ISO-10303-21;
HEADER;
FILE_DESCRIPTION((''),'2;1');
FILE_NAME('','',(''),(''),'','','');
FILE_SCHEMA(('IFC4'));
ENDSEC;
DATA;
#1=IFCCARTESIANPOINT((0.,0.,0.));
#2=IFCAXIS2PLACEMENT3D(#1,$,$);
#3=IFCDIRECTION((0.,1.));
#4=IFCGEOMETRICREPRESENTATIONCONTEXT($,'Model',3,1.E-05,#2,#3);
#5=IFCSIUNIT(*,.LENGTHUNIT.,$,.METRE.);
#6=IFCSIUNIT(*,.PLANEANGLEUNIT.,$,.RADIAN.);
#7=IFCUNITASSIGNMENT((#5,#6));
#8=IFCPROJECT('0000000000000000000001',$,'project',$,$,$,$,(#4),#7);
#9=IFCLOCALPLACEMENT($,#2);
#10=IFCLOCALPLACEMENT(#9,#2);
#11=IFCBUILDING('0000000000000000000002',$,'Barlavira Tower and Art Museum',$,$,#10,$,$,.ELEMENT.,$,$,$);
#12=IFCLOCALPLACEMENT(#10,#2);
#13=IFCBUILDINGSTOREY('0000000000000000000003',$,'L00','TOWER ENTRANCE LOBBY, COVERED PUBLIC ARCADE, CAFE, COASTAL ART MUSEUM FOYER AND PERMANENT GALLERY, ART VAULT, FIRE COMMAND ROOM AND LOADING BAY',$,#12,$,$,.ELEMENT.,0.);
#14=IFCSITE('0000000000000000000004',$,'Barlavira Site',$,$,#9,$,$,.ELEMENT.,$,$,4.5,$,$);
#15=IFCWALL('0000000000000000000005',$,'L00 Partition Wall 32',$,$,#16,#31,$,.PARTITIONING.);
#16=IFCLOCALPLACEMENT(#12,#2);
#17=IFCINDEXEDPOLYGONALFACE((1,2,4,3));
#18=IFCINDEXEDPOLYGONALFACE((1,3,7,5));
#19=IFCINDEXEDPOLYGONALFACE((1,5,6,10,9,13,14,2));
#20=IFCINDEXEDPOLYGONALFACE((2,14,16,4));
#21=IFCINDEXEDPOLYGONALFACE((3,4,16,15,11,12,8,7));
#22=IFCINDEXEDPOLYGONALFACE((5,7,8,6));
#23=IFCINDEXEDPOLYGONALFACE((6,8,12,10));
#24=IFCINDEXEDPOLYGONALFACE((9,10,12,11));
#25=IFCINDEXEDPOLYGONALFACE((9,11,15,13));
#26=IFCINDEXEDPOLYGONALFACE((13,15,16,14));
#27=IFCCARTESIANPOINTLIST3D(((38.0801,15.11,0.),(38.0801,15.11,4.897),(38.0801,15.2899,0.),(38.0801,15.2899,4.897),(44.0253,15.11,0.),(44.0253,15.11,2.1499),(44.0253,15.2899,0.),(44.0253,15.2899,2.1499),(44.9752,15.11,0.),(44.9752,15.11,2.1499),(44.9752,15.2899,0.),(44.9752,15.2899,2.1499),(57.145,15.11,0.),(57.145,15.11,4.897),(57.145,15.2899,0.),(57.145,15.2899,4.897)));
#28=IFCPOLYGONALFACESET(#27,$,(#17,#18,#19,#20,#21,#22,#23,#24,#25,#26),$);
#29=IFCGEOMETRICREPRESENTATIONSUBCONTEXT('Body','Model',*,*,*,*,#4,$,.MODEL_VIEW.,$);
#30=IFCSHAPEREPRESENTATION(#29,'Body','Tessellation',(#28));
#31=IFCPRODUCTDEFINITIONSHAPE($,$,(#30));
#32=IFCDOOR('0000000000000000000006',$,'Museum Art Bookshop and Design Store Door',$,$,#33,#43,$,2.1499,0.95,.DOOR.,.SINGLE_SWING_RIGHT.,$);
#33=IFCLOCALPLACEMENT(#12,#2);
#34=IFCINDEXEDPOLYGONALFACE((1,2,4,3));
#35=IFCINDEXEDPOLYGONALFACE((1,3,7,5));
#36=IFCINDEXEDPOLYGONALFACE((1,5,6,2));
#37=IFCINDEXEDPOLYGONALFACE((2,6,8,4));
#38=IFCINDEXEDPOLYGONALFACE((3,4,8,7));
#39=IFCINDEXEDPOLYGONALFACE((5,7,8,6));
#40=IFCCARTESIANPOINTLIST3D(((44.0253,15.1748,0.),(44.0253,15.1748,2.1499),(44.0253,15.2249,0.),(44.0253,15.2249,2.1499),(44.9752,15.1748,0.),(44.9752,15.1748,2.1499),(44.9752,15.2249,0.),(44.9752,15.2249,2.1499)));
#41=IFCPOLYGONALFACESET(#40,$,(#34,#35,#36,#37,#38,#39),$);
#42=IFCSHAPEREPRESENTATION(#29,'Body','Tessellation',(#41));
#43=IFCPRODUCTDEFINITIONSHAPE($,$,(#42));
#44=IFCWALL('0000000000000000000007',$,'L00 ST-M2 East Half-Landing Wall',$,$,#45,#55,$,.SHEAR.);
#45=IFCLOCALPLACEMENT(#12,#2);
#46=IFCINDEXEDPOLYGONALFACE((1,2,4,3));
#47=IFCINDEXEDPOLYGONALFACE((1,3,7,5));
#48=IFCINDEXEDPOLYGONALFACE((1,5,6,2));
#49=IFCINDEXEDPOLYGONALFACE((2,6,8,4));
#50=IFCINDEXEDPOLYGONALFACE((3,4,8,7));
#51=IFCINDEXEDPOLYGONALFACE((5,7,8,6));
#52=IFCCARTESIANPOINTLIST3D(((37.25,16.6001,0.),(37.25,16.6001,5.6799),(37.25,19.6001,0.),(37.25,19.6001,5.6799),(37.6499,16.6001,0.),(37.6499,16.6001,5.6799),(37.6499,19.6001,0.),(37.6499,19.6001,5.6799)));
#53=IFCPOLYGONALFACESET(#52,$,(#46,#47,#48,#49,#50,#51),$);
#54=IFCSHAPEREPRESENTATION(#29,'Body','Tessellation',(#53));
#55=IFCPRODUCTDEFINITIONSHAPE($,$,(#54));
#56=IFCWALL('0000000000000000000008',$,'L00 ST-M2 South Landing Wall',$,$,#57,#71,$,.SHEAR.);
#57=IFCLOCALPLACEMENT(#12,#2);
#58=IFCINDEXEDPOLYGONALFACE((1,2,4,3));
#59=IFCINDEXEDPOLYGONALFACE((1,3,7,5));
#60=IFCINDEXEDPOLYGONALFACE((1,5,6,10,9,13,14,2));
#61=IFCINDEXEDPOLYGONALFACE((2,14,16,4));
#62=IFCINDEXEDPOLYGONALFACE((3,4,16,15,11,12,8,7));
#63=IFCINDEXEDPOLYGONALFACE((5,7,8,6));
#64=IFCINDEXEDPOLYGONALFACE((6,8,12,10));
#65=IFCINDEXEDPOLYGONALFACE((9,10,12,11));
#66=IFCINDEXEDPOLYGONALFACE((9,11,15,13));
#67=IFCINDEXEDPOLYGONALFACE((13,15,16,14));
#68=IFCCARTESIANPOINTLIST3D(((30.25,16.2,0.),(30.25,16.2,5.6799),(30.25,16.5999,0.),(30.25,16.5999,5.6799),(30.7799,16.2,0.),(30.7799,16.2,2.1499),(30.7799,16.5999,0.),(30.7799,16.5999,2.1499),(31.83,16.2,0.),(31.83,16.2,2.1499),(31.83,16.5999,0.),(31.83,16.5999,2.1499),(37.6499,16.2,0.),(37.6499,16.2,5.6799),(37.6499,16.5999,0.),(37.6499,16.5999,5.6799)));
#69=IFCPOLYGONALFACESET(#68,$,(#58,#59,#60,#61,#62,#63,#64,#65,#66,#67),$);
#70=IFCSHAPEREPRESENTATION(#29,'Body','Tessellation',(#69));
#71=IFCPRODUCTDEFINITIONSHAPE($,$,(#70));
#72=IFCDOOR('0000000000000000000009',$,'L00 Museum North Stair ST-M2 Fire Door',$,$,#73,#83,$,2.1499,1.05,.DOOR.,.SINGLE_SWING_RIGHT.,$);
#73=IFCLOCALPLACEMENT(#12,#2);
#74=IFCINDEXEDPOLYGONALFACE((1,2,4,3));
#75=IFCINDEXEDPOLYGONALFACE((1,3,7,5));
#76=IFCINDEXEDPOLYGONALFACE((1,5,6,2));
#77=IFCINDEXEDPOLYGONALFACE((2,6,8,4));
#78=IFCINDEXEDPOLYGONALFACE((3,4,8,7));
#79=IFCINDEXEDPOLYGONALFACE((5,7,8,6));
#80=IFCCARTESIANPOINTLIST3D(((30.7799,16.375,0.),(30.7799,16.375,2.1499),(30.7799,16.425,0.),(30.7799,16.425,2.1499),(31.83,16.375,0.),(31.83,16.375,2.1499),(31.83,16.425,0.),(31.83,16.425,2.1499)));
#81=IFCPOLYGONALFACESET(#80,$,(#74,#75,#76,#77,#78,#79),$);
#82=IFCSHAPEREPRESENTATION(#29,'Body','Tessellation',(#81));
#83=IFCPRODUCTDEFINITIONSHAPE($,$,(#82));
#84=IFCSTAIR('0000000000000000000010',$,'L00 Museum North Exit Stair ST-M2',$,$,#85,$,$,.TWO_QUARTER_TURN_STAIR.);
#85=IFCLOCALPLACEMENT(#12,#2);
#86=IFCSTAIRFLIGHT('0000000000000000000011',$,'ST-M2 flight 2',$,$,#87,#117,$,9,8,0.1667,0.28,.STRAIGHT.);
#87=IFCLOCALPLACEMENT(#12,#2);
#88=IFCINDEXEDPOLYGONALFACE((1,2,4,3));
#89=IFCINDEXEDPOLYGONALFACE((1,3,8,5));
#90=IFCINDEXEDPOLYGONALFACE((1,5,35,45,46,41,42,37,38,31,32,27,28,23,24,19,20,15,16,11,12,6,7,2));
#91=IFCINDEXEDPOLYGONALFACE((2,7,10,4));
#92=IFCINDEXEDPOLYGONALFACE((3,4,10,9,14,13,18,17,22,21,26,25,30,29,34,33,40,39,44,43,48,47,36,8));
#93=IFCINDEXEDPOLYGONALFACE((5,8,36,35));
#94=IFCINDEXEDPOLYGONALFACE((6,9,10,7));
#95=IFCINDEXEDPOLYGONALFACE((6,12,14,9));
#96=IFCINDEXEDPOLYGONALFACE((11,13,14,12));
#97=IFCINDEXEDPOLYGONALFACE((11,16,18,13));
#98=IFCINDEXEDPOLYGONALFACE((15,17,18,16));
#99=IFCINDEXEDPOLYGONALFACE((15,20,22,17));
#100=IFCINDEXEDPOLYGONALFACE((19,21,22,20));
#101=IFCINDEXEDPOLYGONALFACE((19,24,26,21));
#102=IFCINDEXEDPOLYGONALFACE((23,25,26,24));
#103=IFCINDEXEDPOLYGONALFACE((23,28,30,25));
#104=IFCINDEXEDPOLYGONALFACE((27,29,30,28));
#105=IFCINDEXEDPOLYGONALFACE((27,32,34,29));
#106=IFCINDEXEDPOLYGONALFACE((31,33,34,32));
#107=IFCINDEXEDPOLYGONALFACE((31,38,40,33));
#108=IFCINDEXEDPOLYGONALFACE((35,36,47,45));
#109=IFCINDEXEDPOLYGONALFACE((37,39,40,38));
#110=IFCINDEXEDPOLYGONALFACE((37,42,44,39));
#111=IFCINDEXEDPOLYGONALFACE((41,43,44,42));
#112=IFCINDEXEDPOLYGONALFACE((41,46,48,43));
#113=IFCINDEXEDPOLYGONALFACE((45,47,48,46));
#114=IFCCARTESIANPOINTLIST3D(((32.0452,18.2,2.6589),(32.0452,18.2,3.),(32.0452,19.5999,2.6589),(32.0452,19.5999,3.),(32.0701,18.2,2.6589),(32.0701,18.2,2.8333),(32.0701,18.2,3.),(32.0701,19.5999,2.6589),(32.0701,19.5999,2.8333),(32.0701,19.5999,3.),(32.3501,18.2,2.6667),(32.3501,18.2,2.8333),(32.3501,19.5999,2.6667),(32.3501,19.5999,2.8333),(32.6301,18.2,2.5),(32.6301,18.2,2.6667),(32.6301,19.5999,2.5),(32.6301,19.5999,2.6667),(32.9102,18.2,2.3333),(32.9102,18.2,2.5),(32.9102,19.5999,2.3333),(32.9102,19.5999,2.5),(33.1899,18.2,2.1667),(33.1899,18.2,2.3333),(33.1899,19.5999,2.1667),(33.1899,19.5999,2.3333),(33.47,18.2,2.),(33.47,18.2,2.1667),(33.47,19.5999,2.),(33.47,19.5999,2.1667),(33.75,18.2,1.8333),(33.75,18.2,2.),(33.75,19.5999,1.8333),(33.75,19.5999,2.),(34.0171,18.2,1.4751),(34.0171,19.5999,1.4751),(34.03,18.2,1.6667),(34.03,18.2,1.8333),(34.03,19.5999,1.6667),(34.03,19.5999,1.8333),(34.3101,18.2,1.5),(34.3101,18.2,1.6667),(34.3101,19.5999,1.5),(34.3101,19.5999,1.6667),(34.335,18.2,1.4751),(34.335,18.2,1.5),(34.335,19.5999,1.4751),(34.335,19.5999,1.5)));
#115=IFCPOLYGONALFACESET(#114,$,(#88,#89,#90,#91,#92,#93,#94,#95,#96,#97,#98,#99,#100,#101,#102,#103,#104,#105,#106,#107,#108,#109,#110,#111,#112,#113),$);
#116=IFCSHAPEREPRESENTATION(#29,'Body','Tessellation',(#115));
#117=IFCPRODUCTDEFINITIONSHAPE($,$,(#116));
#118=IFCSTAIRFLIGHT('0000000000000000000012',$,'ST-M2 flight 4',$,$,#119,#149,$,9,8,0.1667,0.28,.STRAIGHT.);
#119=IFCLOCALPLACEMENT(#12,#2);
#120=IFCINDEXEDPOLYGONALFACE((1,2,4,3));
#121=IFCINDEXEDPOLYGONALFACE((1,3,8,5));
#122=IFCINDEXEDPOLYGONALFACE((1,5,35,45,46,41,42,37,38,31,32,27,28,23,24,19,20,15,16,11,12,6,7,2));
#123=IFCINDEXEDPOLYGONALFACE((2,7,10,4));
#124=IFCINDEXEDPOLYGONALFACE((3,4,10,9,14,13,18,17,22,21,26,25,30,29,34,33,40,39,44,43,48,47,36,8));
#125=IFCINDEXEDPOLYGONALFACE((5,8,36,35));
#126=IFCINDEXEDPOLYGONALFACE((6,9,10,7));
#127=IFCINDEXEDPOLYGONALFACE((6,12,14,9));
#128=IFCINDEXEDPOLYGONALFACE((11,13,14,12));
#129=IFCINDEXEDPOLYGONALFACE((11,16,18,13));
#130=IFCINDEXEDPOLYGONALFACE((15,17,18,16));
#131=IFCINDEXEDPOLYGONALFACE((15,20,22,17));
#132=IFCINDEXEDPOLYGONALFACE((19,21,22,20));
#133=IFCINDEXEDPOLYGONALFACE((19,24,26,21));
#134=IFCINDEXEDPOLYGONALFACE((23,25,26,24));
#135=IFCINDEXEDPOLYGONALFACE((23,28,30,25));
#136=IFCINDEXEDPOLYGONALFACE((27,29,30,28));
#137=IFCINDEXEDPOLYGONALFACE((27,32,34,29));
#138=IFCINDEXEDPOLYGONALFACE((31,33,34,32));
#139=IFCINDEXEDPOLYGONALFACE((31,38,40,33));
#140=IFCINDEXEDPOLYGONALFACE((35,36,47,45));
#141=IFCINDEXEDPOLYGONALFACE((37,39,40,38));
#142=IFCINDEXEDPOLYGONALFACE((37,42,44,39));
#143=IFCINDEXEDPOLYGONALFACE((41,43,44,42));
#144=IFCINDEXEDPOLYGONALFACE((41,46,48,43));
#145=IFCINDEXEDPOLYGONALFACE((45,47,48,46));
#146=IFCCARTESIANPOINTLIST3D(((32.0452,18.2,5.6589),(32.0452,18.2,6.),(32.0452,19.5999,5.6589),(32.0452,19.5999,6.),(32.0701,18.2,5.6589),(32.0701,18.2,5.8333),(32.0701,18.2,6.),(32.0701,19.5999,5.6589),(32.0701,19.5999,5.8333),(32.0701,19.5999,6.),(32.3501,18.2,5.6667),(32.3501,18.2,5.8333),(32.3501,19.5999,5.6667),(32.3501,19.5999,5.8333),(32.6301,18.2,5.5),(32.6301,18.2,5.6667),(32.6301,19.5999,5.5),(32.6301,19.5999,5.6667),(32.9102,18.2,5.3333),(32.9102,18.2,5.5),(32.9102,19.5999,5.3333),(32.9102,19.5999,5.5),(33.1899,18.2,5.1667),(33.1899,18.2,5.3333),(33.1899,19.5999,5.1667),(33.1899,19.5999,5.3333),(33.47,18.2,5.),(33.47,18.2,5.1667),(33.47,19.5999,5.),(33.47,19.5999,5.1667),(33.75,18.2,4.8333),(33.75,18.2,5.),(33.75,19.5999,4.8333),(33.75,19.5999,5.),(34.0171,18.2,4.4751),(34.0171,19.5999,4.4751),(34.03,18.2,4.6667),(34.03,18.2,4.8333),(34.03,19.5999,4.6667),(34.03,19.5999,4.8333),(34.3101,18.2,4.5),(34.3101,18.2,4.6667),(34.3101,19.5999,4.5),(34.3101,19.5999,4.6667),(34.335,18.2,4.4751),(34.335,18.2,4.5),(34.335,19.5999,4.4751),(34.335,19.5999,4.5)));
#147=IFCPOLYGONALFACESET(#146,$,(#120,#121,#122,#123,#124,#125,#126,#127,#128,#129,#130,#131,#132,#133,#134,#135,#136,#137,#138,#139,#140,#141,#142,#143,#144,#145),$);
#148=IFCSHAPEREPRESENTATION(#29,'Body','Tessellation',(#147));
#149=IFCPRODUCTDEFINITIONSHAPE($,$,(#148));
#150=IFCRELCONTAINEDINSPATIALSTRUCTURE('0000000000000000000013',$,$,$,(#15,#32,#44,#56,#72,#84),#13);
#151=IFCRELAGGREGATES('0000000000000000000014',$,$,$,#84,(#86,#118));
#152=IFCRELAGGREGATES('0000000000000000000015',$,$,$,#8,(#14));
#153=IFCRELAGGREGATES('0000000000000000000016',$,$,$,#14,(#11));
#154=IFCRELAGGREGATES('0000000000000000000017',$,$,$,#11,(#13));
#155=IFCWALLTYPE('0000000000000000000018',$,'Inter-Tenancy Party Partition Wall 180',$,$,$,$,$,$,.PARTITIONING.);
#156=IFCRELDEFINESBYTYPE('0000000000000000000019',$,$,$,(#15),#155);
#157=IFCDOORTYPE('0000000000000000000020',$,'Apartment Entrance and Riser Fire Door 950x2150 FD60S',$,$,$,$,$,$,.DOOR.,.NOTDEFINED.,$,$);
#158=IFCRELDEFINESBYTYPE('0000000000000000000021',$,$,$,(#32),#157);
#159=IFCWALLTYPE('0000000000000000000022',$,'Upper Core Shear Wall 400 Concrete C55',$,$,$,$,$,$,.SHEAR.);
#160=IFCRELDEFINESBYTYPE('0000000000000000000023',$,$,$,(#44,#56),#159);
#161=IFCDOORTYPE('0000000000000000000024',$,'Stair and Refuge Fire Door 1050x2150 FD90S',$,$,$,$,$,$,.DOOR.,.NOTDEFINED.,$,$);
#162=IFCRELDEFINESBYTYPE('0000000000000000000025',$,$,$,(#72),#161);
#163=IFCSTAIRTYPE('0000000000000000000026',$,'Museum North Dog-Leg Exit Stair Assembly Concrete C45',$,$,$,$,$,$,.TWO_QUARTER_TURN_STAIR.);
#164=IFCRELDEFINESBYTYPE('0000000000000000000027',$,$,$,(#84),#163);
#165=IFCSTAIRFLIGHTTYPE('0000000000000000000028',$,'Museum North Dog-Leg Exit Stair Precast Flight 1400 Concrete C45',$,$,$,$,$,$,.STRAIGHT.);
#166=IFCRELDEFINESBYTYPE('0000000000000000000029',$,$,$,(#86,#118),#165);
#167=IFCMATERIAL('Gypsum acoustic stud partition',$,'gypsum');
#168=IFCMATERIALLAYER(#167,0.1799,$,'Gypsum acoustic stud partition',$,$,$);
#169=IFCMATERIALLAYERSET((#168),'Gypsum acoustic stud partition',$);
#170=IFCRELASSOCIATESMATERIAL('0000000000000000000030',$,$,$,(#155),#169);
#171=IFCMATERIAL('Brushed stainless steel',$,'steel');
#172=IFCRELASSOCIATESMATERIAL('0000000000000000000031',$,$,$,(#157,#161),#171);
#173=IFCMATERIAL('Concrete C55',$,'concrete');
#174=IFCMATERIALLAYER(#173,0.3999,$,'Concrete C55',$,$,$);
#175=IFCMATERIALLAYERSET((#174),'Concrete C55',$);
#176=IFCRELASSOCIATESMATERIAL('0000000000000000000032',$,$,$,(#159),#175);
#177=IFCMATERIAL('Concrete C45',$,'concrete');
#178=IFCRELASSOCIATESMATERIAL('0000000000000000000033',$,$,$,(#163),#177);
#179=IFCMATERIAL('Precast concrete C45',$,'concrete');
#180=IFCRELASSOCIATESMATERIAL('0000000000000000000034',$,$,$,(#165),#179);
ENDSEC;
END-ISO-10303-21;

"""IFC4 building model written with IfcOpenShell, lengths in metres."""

from ifc_helpers import new_model, si_unit, direction, frame, frame_2d, origin, place, context, subcontext, project, spatial, polyline, rectangle, outline, extrude, material, layer, layer_set, type_object, element, fill, aggregate, save


model = new_model("IFC4")

# Units and contexts
model_context = context("Model", 3, precision=1e-05, world=origin(), true_north=direction((0.0, 1.0)))
body_context = subcontext(model_context, "Body", "Model", "MODEL_VIEW")
ifc_project = project(units=[si_unit("LENGTHUNIT", "METRE"), si_unit("PLANEANGLEUNIT", "RADIAN")], contexts=[model_context])

# Site, building, storey
site_placement = place(None, origin())
site = spatial("IfcSite", under=ifc_project, at=site_placement, Name="Barlavira Site", CompositionType="ELEMENT", RefElevation=4.5)
building_placement = place(site_placement, origin())
building = spatial("IfcBuilding", under=site, at=building_placement, Name="Barlavira Tower and Art Museum", CompositionType="ELEMENT")
storey_placement = place(building_placement, origin())
storey = spatial("IfcBuildingStorey", under=building, at=storey_placement, Name="L00", Description="TOWER ENTRANCE LOBBY, COVERED PUBLIC ARCADE, CAFE, COASTAL ART MUSEUM FOYER AND PERMANENT GALLERY, ART VAULT, FIRE COMMAND ROOM AND LOADING BAY", CompositionType="ELEMENT", Elevation=0.0)

# Shared definitions
ifc_material_1 = material(Name="Gypsum acoustic stud partition", Category="gypsum")
ifc_layer_1 = layer(ifc_material_1, 0.1799, Name="Gypsum acoustic stud partition")
ifc_layer_set_1 = layer_set([ifc_layer_1], Name="Gypsum acoustic stud partition")
wall_type_1 = type_object("IfcWallType", Name="Inter-Tenancy Party Partition Wall 180", PredefinedType="PARTITIONING", material=ifc_layer_set_1)
ifc_material_2 = material(Name="Brushed stainless steel", Category="steel")
door_type_1 = type_object("IfcDoorType", Name="Apartment Entrance and Riser Fire Door 950x2150 FD60S", OperationType="NOTDEFINED", PredefinedType="DOOR", material=ifc_material_2)

# Wall, opening, door
wall_1_placement = place(storey_placement, frame((38.0801, 15.2, 0.0), z_axis=(0.0, 0.0, 1.0), x_axis=(1.0, 0.0, 0.0)))
wall_1 = element("IfcWall", 1, at=wall_1_placement, inside=storey, type_object=wall_type_1, Name="L00 Partition Wall 32", PredefinedType="PARTITIONING", context=body_context, shape_type="SweptSolid", body=[
    extrude(rectangle(XDim=19.0649, YDim=0.1799, at=frame_2d((9.5325, 0.0))), origin(), (0.0, 0.0, 1.0), 4.897),
])
opening_1_placement = place(wall_1_placement, frame((5.9451, 0.0, 0.0)))
opening_1 = element("IfcOpeningElement", 2, at=opening_1_placement, cuts=wall_1, PredefinedType="OPENING", context=body_context, shape_type="SweptSolid", body=[
    extrude(rectangle(XDim=0.95, YDim=2.1499, at=frame_2d((0.4751, 1.075))), frame((0.0, 0.1001, 0.0), z_axis=(0.0, -1.0, 0.0), x_axis=(1.0, 0.0, 0.0)), (0.0, 0.0, 1.0), 0.2),
])
door_1_placement = place(opening_1_placement, origin())
door_1 = element("IfcDoor", 3, at=door_1_placement, inside=storey, type_object=door_type_1, Name="Museum Art Bookshop and Design Store Door", OperationType="SINGLE_SWING_RIGHT", OverallHeight=2.1499, OverallWidth=0.95, PredefinedType="DOOR", context=body_context, shape_type="SweptSolid", body=[
    extrude(rectangle(XDim=0.95, YDim=2.1499, at=frame_2d((0.4751, 1.075))), frame((0.0, 0.0249, 0.0), z_axis=(0.0, -1.0, 0.0), x_axis=(1.0, 0.0, 0.0)), (0.0, 0.0, 1.0), 0.05),
])
fill(opening_1, door_1)

# Wall
ifc_material_3 = material(Name="Concrete C55", Category="concrete")
ifc_layer_2 = layer(ifc_material_3, 0.3999, Name="Concrete C55")
ifc_layer_set_2 = layer_set([ifc_layer_2], Name="Concrete C55")
wall_type_2 = type_object("IfcWallType", Name="Upper Core Shear Wall 400 Concrete C55", PredefinedType="SHEAR", material=ifc_layer_set_2)
wall_2_placement = place(storey_placement, frame((37.45, 16.6001, 0.0), z_axis=(0.0, 0.0, 1.0), x_axis=(0.0, 1.0, 0.0)))
element("IfcWall", 4, at=wall_2_placement, inside=storey, type_object=wall_type_2, Name="L00 ST-M2 East Half-Landing Wall", PredefinedType="SHEAR", context=body_context, shape_type="SweptSolid", body=[
    extrude(rectangle(XDim=3.0, YDim=0.3999, at=frame_2d((1.5, 0.0))), origin(), (0.0, 0.0, 1.0), 5.6799),
])

# Wall, opening, door
wall_3_placement = place(storey_placement, frame((37.6499, 16.3999, 0.0), z_axis=(0.0, 0.0, 1.0), x_axis=(-1.0, 0.0, 0.0)))
wall_3 = element("IfcWall", 5, at=wall_3_placement, inside=storey, type_object=wall_type_2, Name="L00 ST-M2 South Landing Wall", PredefinedType="SHEAR", context=body_context, shape_type="SweptSolid", body=[
    extrude(rectangle(XDim=7.3999, YDim=0.3999, at=frame_2d((3.7, 0.0))), origin(), (0.0, 0.0, 1.0), 5.6799),
])
opening_2_placement = place(wall_3_placement, frame((5.8201, 0.0, 0.0)))
opening_2 = element("IfcOpeningElement", 6, at=opening_2_placement, cuts=wall_3, PredefinedType="OPENING", context=body_context, shape_type="SweptSolid", body=[
    extrude(rectangle(XDim=1.05, YDim=2.1499, at=frame_2d((0.5249, 1.075))), frame((0.0, 0.21, 0.0), z_axis=(0.0, -1.0, 0.0), x_axis=(1.0, 0.0, 0.0)), (0.0, 0.0, 1.0), 0.4199),
])
door_type_2 = type_object("IfcDoorType", Name="Stair and Refuge Fire Door 1050x2150 FD90S", OperationType="NOTDEFINED", PredefinedType="DOOR", material=ifc_material_2)
door_2_placement = place(opening_2_placement, origin())
door_2 = element("IfcDoor", 7, at=door_2_placement, inside=storey, type_object=door_type_2, Name="L00 Museum North Stair ST-M2 Fire Door", OperationType="SINGLE_SWING_RIGHT", OverallHeight=2.1499, OverallWidth=1.05, PredefinedType="DOOR", context=body_context, shape_type="SweptSolid", body=[
    extrude(rectangle(XDim=1.05, YDim=2.1499, at=frame_2d((0.5249, 1.075))), frame((0.0, 0.0249, 0.0), z_axis=(0.0, -1.0, 0.0), x_axis=(1.0, 0.0, 0.0)), (0.0, 0.0, 1.0), 0.05),
])
fill(opening_2, door_2)

# Stair, stair flights
ifc_material_4 = material(Name="Concrete C45", Category="concrete")
stair_type = type_object("IfcStairType", Name="Museum North Dog-Leg Exit Stair Assembly Concrete C45", PredefinedType="TWO_QUARTER_TURN_STAIR", material=ifc_material_4)
stair_placement = place(storey_placement, origin())
stair = element("IfcStair", 8, at=stair_placement, inside=storey, type_object=stair_type, Name="L00 Museum North Exit Stair ST-M2", PredefinedType="TWO_QUARTER_TURN_STAIR")
ifc_material_5 = material(Name="Precast concrete C45", Category="concrete")
stair_flight_type = type_object("IfcStairFlightType", Name="Museum North Dog-Leg Exit Stair Precast Flight 1400 Concrete C45", PredefinedType="STRAIGHT", material=ifc_material_5)
stair_flight_1_placement = place(storey_placement, frame((34.3101, 18.8999, 1.5), z_axis=(0.0, 0.0, 1.0), x_axis=(-1.0, 0.0, 0.0)))
stair_flight_1 = element("IfcStairFlight", 9, at=stair_flight_1_placement, type_object=stair_flight_type, Name="ST-M2 flight 2", NumberOfRisers=9, NumberOfTreads=8, PredefinedType="STRAIGHT", RiserHeight=0.1667, TreadLength=0.28, context=body_context, shape_type="SweptSolid", body=[
    extrude(outline(polyline([(-0.0249, 0.0), (0.0, 0.0), (0.0, 0.1667), (0.28, 0.1667), (0.28, 0.3333), (0.5601, 0.3333), (0.5601, 0.5), (0.8401, 0.5), (0.8401, 0.6667), (1.1201, 0.6667), (1.1201, 0.8333), (1.3999, 0.8333), (1.3999, 1.0), (1.6799, 1.0), (1.6799, 1.1667), (1.96, 1.1667), (1.96, 1.3333), (2.24, 1.3333), (2.24, 1.5), (2.2649, 1.5), (2.2649, 1.1589), (2.24, 1.1589), (0.293, -0.0249), (-0.0249, -0.0249), (-0.0249, 0.0)])), frame((0.0, 0.7, 0.0), z_axis=(0.0, -1.0, 0.0), x_axis=(1.0, 0.0, 0.0)), (0.0, 0.0, 1.0), 1.3999),
])
stair_flight_2_placement = place(storey_placement, frame((34.3101, 18.8999, 4.5), z_axis=(0.0, 0.0, 1.0), x_axis=(-1.0, 0.0, 0.0)))
stair_flight_2 = element("IfcStairFlight", 10, at=stair_flight_2_placement, type_object=stair_flight_type, Name="ST-M2 flight 4", NumberOfRisers=9, NumberOfTreads=8, PredefinedType="STRAIGHT", RiserHeight=0.1667, TreadLength=0.28, context=body_context, shape_type="SweptSolid", body=[
    extrude(outline(polyline([(-0.0249, 0.0), (0.0, 0.0), (0.0, 0.1667), (0.28, 0.1667), (0.28, 0.3333), (0.5601, 0.3333), (0.5601, 0.5), (0.8401, 0.5), (0.8401, 0.6667), (1.1201, 0.6667), (1.1201, 0.8333), (1.3999, 0.8333), (1.3999, 1.0), (1.6799, 1.0), (1.6799, 1.1667), (1.96, 1.1667), (1.96, 1.3333), (2.24, 1.3333), (2.24, 1.5), (2.2649, 1.5), (2.2649, 1.1589), (2.24, 1.1589), (0.293, -0.0249), (-0.0249, -0.0249), (-0.0249, 0.0)])), frame((0.0, 0.7, 0.0), z_axis=(0.0, -1.0, 0.0), x_axis=(1.0, 0.0, 0.0)), (0.0, 0.0, 1.0), 1.3999),
])
aggregate(stair, [stair_flight_1, stair_flight_2])

save(model, "model.ifc")
